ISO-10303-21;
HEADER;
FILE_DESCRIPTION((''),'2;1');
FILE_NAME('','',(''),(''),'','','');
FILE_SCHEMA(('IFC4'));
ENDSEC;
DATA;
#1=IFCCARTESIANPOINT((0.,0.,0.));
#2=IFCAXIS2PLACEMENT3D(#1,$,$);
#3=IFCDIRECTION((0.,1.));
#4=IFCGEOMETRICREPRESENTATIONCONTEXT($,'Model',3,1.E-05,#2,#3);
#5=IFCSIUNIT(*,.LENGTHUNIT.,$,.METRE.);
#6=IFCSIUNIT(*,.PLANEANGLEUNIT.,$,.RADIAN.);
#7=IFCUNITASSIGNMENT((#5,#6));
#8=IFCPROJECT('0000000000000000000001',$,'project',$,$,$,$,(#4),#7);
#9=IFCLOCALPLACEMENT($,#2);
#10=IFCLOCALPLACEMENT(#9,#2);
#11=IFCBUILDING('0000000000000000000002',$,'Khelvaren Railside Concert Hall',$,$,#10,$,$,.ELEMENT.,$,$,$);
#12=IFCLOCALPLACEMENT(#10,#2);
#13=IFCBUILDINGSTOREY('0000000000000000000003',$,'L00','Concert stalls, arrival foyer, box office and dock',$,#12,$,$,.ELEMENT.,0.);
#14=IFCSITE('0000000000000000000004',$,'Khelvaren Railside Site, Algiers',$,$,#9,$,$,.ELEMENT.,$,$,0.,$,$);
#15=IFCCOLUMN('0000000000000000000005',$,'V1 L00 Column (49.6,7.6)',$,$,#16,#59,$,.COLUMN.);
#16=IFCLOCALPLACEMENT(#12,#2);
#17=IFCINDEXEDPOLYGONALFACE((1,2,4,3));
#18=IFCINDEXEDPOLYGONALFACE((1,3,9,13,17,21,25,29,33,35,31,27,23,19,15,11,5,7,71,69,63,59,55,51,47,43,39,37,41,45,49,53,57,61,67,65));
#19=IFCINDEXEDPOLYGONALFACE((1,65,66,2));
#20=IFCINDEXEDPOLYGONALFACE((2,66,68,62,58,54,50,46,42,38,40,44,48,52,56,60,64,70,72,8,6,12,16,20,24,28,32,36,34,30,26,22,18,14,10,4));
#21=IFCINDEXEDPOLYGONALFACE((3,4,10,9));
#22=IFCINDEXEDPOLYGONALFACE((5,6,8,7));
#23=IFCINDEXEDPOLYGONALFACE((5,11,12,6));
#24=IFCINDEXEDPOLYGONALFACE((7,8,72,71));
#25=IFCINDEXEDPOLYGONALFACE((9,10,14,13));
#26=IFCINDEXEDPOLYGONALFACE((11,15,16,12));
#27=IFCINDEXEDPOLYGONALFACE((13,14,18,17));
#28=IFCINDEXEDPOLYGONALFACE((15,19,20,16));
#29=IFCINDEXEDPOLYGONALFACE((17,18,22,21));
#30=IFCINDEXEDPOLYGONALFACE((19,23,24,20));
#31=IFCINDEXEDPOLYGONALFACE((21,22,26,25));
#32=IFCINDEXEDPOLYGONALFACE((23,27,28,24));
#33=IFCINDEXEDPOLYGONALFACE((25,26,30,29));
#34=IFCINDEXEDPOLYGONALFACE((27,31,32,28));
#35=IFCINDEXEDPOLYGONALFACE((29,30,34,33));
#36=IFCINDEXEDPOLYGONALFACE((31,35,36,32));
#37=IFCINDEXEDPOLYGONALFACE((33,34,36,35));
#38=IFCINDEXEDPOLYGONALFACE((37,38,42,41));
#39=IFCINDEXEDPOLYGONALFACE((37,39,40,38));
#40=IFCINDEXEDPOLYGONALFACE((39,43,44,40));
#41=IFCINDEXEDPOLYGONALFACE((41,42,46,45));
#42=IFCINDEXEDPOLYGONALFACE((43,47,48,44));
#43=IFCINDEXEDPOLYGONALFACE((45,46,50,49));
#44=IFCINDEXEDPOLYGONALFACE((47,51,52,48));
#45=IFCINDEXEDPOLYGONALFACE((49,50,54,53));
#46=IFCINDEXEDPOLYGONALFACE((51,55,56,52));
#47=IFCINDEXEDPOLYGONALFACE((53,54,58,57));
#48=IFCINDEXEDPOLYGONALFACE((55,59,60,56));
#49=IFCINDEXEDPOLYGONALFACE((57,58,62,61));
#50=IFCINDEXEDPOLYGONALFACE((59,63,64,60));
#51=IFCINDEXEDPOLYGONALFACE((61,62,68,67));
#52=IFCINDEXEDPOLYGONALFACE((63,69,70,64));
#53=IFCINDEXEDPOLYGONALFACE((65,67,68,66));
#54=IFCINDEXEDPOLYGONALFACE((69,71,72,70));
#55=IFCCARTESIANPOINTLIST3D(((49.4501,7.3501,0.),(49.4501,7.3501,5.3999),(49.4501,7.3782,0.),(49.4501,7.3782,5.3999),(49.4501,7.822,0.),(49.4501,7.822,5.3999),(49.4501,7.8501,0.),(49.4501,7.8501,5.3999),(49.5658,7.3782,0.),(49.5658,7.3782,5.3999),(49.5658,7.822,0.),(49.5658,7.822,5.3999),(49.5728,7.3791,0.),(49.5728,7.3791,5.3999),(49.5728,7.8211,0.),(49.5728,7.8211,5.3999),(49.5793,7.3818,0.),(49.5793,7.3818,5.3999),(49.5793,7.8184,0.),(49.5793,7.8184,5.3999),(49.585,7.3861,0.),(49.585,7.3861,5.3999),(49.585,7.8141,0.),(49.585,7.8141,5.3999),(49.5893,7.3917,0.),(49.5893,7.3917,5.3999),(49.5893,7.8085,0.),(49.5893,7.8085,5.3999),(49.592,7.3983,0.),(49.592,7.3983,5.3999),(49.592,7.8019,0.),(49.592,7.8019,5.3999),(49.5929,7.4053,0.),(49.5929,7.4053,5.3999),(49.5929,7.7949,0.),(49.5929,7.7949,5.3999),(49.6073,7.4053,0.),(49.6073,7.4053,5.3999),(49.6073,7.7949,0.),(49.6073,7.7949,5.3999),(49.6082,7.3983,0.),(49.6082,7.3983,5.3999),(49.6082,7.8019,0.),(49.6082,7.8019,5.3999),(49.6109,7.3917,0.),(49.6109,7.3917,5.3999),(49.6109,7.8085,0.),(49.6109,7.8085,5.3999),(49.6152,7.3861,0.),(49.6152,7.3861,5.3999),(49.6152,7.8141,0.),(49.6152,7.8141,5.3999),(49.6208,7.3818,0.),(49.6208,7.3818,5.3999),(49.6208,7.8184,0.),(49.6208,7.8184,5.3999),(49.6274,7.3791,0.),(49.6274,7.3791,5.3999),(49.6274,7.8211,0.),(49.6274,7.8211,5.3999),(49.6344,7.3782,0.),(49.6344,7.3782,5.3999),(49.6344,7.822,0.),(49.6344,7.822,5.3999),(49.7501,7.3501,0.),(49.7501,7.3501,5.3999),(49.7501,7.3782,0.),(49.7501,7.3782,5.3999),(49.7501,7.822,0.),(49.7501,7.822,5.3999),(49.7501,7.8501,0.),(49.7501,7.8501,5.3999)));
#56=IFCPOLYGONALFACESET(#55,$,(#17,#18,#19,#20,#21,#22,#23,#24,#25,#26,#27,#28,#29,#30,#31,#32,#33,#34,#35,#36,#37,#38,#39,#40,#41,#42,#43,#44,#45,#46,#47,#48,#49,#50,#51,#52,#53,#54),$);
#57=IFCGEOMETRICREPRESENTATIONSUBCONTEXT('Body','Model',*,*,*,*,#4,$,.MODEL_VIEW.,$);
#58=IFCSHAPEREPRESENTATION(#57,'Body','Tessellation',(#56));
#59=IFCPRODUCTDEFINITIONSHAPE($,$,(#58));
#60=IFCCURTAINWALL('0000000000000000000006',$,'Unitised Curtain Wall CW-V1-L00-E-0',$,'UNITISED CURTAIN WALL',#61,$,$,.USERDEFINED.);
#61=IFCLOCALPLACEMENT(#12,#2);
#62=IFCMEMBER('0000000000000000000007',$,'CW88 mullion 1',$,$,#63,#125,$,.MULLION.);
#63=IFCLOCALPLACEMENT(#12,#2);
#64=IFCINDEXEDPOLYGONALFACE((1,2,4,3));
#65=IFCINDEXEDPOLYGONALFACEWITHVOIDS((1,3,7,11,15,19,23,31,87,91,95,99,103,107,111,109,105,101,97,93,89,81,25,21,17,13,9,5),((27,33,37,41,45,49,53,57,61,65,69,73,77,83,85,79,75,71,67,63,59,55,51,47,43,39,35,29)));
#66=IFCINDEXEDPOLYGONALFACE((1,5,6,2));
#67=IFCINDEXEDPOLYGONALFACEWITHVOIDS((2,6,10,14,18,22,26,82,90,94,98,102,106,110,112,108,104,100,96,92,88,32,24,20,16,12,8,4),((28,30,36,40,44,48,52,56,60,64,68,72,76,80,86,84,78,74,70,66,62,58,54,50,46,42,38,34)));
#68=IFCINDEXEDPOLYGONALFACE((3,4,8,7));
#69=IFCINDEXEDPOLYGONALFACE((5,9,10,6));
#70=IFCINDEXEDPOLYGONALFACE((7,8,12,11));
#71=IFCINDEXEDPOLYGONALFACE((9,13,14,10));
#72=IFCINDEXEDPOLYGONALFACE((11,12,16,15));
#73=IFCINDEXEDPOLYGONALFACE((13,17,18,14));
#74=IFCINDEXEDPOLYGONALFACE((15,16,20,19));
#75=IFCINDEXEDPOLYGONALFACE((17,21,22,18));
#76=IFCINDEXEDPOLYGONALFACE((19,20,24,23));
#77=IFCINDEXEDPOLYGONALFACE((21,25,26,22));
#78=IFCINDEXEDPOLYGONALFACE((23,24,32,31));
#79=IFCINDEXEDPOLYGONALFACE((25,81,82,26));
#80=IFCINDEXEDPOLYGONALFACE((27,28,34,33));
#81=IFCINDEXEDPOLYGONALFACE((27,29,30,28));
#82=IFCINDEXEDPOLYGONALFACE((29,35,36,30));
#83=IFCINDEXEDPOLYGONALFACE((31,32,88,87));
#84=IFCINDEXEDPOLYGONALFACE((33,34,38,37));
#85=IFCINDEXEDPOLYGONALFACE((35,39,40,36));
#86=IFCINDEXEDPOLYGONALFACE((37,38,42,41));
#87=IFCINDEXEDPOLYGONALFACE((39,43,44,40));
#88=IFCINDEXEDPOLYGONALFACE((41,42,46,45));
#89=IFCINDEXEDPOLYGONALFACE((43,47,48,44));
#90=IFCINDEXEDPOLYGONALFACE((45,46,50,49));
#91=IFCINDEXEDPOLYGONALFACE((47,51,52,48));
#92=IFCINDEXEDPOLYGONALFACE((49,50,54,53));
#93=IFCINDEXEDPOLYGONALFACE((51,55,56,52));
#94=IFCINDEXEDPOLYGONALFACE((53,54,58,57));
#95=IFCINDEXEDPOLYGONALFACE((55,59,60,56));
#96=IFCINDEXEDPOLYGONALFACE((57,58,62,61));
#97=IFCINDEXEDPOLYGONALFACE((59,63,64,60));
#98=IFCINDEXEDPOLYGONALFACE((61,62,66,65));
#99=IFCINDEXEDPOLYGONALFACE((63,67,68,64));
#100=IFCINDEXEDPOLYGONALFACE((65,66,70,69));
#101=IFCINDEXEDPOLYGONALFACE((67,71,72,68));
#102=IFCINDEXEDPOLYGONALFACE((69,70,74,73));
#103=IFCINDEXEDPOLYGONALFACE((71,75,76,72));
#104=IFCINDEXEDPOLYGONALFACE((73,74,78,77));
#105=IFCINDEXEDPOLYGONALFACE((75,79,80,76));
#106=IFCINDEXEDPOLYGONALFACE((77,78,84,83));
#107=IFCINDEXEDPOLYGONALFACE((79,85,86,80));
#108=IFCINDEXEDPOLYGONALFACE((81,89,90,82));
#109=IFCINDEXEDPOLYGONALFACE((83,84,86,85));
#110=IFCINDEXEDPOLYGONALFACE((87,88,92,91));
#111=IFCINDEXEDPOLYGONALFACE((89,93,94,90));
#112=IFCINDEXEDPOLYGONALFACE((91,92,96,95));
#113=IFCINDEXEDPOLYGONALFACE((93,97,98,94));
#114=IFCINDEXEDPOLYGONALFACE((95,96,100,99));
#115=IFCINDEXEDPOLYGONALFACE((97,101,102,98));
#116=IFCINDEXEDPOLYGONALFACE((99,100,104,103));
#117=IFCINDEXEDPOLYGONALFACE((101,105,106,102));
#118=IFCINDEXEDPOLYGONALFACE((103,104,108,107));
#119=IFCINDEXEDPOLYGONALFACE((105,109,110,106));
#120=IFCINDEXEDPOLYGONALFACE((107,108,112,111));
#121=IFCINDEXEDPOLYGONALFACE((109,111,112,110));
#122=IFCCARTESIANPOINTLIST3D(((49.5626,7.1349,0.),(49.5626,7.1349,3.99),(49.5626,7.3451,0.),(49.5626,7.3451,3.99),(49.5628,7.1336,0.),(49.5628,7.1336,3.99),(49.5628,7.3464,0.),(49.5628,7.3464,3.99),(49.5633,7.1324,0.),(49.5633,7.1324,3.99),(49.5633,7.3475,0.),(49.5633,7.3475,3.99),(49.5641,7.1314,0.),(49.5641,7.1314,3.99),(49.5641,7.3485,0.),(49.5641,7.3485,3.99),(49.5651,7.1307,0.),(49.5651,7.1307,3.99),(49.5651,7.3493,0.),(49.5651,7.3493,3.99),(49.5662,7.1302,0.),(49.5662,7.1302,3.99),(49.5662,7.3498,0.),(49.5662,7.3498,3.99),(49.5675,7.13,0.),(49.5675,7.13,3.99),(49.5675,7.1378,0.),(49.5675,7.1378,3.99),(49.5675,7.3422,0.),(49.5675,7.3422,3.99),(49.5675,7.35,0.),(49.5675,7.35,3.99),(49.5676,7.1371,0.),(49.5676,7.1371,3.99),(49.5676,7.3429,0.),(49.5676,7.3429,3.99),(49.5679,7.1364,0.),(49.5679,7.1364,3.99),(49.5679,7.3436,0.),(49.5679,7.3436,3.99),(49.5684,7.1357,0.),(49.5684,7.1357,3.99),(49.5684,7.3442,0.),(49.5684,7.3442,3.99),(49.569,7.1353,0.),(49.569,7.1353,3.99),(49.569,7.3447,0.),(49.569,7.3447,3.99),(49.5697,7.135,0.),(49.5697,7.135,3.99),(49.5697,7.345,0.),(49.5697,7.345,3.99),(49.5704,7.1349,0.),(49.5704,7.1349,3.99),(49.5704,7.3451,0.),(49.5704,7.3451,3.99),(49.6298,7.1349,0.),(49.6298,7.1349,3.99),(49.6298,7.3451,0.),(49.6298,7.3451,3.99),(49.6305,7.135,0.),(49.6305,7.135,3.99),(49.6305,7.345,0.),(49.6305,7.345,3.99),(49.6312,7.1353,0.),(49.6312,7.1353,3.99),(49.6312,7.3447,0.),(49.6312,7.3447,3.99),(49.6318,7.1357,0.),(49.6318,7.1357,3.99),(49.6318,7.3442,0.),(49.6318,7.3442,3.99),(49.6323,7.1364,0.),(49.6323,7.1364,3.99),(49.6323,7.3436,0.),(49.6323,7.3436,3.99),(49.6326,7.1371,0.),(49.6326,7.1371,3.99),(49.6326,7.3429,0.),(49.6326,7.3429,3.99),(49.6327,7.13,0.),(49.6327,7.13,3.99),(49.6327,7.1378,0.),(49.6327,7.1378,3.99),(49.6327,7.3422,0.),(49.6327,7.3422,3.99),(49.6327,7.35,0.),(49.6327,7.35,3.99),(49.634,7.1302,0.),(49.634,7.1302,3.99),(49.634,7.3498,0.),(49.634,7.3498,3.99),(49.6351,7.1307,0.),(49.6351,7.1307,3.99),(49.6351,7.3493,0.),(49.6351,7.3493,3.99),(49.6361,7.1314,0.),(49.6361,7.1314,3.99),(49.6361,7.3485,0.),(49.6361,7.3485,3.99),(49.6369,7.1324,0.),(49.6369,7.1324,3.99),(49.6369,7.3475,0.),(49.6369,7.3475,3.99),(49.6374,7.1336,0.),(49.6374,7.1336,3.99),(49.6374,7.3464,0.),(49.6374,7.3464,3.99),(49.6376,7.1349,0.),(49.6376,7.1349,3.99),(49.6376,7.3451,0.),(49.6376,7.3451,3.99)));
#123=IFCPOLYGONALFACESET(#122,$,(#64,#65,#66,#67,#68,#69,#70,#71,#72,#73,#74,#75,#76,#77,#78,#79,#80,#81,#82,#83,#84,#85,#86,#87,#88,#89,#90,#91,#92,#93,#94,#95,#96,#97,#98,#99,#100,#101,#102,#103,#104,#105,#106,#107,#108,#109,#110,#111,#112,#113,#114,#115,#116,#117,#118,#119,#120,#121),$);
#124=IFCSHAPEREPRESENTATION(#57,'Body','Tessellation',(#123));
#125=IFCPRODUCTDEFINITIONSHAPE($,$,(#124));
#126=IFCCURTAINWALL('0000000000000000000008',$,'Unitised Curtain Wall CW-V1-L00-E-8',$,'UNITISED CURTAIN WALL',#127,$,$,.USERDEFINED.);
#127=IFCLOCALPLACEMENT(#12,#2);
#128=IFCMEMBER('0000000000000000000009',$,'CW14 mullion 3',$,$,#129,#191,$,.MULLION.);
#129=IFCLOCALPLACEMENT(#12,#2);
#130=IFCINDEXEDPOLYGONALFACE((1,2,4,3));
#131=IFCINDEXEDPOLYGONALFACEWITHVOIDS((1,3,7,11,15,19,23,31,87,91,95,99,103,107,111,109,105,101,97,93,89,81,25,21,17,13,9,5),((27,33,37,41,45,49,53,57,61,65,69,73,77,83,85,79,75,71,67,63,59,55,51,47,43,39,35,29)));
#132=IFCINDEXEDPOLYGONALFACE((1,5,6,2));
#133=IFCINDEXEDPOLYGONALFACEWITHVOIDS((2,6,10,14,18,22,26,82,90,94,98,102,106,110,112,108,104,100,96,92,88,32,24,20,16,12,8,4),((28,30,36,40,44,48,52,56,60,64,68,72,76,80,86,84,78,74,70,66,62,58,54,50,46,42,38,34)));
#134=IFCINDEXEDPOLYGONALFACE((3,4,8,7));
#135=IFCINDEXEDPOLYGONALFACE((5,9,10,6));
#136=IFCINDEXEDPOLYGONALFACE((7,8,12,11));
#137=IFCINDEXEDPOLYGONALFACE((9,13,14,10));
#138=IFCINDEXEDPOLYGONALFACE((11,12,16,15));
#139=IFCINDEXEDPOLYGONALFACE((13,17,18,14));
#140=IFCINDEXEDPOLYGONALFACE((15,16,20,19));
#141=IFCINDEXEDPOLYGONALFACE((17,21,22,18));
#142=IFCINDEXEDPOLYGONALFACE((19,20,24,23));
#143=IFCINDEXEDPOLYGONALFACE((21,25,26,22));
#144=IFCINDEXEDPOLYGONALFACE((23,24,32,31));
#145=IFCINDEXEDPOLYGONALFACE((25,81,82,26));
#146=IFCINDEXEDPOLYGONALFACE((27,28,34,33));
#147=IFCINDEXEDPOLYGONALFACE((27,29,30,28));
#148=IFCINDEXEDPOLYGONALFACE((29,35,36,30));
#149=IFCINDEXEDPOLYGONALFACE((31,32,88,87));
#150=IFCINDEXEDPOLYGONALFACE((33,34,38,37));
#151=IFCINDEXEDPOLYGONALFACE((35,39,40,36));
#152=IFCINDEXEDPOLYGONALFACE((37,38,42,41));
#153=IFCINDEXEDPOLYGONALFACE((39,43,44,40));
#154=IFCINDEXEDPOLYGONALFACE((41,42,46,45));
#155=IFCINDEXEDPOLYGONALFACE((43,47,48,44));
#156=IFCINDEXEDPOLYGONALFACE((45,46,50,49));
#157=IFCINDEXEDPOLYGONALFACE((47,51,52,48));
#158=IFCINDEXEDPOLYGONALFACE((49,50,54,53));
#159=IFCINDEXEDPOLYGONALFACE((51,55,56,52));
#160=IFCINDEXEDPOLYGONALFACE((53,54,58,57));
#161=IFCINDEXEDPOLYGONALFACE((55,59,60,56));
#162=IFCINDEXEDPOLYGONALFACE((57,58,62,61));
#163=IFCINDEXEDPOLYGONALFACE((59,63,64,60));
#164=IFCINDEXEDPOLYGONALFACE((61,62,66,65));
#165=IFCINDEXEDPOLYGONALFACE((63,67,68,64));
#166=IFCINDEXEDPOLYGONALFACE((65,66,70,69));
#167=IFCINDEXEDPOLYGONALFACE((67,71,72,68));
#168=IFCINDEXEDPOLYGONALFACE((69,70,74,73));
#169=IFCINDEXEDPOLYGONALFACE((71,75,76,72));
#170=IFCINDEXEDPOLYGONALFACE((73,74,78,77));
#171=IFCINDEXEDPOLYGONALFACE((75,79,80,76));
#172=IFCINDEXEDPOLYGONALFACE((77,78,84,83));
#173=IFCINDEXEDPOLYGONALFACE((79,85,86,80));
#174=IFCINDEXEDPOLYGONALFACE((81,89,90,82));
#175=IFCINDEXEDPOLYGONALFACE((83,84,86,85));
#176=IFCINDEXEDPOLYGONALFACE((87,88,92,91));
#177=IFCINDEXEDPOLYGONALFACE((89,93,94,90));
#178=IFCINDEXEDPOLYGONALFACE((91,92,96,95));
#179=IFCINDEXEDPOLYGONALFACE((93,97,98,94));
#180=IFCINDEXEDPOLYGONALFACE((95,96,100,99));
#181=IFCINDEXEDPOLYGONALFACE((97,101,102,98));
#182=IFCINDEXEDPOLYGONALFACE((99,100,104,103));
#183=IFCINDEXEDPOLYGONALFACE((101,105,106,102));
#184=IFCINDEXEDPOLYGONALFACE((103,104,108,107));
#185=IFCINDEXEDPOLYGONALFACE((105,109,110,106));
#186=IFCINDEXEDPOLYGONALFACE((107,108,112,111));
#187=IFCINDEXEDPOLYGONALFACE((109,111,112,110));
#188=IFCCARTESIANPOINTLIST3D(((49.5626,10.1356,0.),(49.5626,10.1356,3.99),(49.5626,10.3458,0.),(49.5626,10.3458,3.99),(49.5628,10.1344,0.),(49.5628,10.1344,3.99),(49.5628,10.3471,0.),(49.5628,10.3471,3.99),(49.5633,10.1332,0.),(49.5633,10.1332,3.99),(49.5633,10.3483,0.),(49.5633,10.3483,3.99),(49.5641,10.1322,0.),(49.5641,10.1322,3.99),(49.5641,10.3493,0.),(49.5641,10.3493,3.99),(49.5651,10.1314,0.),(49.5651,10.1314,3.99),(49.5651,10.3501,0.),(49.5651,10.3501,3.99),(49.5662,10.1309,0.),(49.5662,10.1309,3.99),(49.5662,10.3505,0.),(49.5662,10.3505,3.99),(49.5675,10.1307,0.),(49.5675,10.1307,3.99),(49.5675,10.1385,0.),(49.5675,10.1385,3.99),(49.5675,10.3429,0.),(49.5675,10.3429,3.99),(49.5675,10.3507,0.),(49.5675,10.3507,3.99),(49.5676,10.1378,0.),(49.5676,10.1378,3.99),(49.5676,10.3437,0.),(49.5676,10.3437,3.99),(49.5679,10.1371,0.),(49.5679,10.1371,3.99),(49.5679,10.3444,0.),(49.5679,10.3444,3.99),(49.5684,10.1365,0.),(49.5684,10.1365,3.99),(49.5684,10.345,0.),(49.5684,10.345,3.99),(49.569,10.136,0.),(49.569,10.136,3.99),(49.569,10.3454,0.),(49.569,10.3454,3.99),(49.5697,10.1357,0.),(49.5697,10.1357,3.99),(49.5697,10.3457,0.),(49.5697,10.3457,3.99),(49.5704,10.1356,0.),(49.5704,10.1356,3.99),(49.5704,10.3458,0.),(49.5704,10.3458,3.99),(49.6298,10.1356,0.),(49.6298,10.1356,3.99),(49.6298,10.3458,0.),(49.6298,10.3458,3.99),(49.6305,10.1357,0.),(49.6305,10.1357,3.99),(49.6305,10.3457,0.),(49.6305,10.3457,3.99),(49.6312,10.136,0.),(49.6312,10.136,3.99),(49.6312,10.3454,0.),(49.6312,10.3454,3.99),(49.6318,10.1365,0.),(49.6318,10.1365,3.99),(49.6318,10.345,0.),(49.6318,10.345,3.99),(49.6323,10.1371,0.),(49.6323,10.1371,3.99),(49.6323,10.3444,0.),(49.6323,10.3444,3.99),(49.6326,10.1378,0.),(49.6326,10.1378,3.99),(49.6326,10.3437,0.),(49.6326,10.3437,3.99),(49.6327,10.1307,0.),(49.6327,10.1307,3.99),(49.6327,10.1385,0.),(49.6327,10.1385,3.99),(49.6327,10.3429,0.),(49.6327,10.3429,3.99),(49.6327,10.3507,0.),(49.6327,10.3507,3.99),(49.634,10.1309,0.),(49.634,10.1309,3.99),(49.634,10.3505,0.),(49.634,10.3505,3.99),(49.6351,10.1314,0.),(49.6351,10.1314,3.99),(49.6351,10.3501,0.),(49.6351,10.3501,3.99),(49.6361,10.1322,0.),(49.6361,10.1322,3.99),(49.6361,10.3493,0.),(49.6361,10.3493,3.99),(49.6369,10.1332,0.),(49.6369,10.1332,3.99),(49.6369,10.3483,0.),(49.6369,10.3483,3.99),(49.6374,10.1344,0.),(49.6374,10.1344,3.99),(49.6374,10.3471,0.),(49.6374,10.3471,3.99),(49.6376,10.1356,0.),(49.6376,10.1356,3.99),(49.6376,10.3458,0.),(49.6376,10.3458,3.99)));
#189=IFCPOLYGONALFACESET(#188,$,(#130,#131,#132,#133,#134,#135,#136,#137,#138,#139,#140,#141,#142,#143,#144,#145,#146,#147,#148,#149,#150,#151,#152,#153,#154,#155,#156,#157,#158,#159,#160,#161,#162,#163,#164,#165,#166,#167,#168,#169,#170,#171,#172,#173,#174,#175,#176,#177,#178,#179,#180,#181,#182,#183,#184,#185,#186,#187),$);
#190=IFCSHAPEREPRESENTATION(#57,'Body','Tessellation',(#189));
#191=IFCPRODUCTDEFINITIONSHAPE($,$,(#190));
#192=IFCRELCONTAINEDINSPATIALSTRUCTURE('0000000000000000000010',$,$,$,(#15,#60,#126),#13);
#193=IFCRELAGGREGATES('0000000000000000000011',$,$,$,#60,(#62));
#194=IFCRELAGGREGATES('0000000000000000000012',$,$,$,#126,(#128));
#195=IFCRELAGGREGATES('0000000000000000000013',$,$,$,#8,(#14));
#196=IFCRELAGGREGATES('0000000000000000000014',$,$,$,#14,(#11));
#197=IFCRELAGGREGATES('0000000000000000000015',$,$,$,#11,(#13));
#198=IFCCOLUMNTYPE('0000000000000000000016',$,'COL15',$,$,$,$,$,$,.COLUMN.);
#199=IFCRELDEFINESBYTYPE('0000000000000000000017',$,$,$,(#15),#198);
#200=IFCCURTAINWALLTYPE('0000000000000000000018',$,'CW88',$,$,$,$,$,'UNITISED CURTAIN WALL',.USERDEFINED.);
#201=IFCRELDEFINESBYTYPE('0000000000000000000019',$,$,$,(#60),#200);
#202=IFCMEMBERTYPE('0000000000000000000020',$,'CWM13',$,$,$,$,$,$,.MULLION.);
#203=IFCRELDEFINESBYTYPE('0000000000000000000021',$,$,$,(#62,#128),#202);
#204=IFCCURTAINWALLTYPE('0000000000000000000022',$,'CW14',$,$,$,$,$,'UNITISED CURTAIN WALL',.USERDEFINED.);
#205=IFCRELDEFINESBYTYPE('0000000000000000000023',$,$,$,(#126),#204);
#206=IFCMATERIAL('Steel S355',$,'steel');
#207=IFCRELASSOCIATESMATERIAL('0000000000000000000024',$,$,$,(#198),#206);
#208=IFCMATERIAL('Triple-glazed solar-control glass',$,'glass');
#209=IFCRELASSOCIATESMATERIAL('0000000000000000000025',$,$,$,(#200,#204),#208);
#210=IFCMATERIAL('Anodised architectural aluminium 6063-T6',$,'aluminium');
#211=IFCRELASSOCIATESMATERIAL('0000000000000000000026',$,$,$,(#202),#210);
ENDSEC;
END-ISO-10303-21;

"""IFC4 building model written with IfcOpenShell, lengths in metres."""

from ifc_helpers import new_model, si_unit, direction, frame, origin, origin_2d, place, context, subcontext, project, spatial, hollow_rectangle, i_section, extrude, material, material_profile, profile_set, type_object, element, aggregate, save


model = new_model("IFC4")

# Units and contexts
model_context = context("Model", 3, precision=1e-05, world=origin(), true_north=direction((0.0, 1.0)))
body_context = subcontext(model_context, "Body", "Model", "MODEL_VIEW")
ifc_project = project(units=[si_unit("LENGTHUNIT", "METRE"), si_unit("PLANEANGLEUNIT", "RADIAN")], contexts=[model_context])

# Site, building, storey
site_placement = place(None, origin())
site = spatial("IfcSite", under=ifc_project, at=site_placement, Name="Khelvaren Railside Site, Algiers", CompositionType="ELEMENT", RefElevation=0.0)
building_placement = place(site_placement, origin())
building = spatial("IfcBuilding", under=site, at=building_placement, Name="Khelvaren Railside Concert Hall", CompositionType="ELEMENT")
storey_placement = place(building_placement, origin())
storey = spatial("IfcBuildingStorey", under=building, at=storey_placement, Name="L00", Description="Concert stalls, arrival foyer, box office and dock", CompositionType="ELEMENT", Elevation=0.0)

# Column
ifc_material_1 = material(Name="Steel S355", Category="steel")
ifc_material_profile_1 = material_profile(ifc_material_1, i_section(OverallWidth=0.3, OverallDepth=0.5, WebThickness=0.0144, FlangeThickness=0.0281, FilletRadius=0.0271, at=origin_2d()), Name="HEB 500")
ifc_profile_set_1 = profile_set([ifc_material_profile_1], Name="Steel S355")
column_type = type_object("IfcColumnType", Name="COL15", PredefinedType="COLUMN", material=ifc_profile_set_1)
column_placement = place(storey_placement, frame((49.6001, 7.6001, 0.0), z_axis=(0.0, 0.0, 1.0), x_axis=(1.0, 0.0, 0.0)))
element("IfcColumn", 1, at=column_placement, inside=storey, type_object=column_type, Name="V1 L00 Column (49.6,7.6)", PredefinedType="COLUMN", context=body_context, shape_type="SweptSolid", body=[
    extrude(i_section(OverallWidth=0.3, OverallDepth=0.5, WebThickness=0.0144, FlangeThickness=0.0281, FilletRadius=0.0271, at=origin_2d()), origin(), (0.0, 0.0, 1.0), 5.3999),
])

# Curtain wall, member
ifc_material_2 = material(Name="Triple-glazed solar-control glass", Category="glass")
curtain_wall_type_1 = type_object("IfcCurtainWallType", Name="CW88", ElementType="UNITISED CURTAIN WALL", PredefinedType="USERDEFINED", material=ifc_material_2)
curtain_wall_1_placement = place(storey_placement, origin())
curtain_wall_1 = element("IfcCurtainWall", 2, at=curtain_wall_1_placement, inside=storey, type_object=curtain_wall_type_1, Name="Unitised Curtain Wall CW-V1-L00-E-0", ObjectType="UNITISED CURTAIN WALL", PredefinedType="USERDEFINED")
ifc_material_3 = material(Name="Anodised architectural aluminium 6063-T6", Category="aluminium")
ifc_material_profile_2 = material_profile(ifc_material_3, hollow_rectangle(XDim=0.075, YDim=0.22, WallThickness=0.0049, InnerFilletRadius=0.0029, OuterFilletRadius=0.0049, at=origin_2d()), Name="CWM 75x220x5")
ifc_profile_set_2 = profile_set([ifc_material_profile_2], Name="Anodised architectural aluminium 6063-T6")
member_type_1 = type_object("IfcMemberType", Name="CWM13", PredefinedType="MULLION", material=ifc_profile_set_2)
member_1_placement = place(storey_placement, frame((49.6001, 7.24, 0.0), z_axis=(0.0, 0.0, 1.0), x_axis=(1.0, 0.0, 0.0)))
member_1 = element("IfcMember", 3, at=member_1_placement, type_object=member_type_1, Name="CW88 mullion 1", PredefinedType="MULLION", context=body_context, shape_type="SweptSolid", body=[
    extrude(hollow_rectangle(XDim=0.075, YDim=0.22, WallThickness=0.0049, InnerFilletRadius=0.0029, OuterFilletRadius=0.0049, at=origin_2d()), origin(), (0.0, 0.0, 1.0), 3.99),
])

# Curtain wall, member
curtain_wall_type_2 = type_object("IfcCurtainWallType", Name="CW14", ElementType="UNITISED CURTAIN WALL", PredefinedType="USERDEFINED", material=ifc_material_2)
curtain_wall_2_placement = place(storey_placement, origin())
curtain_wall_2 = element("IfcCurtainWall", 4, at=curtain_wall_2_placement, inside=storey, type_object=curtain_wall_type_2, Name="Unitised Curtain Wall CW-V1-L00-E-8", ObjectType="UNITISED CURTAIN WALL", PredefinedType="USERDEFINED")
member_2_placement = place(storey_placement, frame((49.6001, 10.2407, 0.0), z_axis=(0.0, 0.0, 1.0), x_axis=(1.0, 0.0, 0.0)))
member_2 = element("IfcMember", 5, at=member_2_placement, type_object=member_type_1, Name="CW14 mullion 3", PredefinedType="MULLION", context=body_context, shape_type="SweptSolid", body=[
    extrude(hollow_rectangle(XDim=0.075, YDim=0.22, WallThickness=0.0049, InnerFilletRadius=0.0029, OuterFilletRadius=0.0049, at=origin_2d()), origin(), (0.0, 0.0, 1.0), 3.99),
])

aggregate(curtain_wall_1, [member_1])
aggregate(curtain_wall_2, [member_2])

save(model, "model.ifc")
